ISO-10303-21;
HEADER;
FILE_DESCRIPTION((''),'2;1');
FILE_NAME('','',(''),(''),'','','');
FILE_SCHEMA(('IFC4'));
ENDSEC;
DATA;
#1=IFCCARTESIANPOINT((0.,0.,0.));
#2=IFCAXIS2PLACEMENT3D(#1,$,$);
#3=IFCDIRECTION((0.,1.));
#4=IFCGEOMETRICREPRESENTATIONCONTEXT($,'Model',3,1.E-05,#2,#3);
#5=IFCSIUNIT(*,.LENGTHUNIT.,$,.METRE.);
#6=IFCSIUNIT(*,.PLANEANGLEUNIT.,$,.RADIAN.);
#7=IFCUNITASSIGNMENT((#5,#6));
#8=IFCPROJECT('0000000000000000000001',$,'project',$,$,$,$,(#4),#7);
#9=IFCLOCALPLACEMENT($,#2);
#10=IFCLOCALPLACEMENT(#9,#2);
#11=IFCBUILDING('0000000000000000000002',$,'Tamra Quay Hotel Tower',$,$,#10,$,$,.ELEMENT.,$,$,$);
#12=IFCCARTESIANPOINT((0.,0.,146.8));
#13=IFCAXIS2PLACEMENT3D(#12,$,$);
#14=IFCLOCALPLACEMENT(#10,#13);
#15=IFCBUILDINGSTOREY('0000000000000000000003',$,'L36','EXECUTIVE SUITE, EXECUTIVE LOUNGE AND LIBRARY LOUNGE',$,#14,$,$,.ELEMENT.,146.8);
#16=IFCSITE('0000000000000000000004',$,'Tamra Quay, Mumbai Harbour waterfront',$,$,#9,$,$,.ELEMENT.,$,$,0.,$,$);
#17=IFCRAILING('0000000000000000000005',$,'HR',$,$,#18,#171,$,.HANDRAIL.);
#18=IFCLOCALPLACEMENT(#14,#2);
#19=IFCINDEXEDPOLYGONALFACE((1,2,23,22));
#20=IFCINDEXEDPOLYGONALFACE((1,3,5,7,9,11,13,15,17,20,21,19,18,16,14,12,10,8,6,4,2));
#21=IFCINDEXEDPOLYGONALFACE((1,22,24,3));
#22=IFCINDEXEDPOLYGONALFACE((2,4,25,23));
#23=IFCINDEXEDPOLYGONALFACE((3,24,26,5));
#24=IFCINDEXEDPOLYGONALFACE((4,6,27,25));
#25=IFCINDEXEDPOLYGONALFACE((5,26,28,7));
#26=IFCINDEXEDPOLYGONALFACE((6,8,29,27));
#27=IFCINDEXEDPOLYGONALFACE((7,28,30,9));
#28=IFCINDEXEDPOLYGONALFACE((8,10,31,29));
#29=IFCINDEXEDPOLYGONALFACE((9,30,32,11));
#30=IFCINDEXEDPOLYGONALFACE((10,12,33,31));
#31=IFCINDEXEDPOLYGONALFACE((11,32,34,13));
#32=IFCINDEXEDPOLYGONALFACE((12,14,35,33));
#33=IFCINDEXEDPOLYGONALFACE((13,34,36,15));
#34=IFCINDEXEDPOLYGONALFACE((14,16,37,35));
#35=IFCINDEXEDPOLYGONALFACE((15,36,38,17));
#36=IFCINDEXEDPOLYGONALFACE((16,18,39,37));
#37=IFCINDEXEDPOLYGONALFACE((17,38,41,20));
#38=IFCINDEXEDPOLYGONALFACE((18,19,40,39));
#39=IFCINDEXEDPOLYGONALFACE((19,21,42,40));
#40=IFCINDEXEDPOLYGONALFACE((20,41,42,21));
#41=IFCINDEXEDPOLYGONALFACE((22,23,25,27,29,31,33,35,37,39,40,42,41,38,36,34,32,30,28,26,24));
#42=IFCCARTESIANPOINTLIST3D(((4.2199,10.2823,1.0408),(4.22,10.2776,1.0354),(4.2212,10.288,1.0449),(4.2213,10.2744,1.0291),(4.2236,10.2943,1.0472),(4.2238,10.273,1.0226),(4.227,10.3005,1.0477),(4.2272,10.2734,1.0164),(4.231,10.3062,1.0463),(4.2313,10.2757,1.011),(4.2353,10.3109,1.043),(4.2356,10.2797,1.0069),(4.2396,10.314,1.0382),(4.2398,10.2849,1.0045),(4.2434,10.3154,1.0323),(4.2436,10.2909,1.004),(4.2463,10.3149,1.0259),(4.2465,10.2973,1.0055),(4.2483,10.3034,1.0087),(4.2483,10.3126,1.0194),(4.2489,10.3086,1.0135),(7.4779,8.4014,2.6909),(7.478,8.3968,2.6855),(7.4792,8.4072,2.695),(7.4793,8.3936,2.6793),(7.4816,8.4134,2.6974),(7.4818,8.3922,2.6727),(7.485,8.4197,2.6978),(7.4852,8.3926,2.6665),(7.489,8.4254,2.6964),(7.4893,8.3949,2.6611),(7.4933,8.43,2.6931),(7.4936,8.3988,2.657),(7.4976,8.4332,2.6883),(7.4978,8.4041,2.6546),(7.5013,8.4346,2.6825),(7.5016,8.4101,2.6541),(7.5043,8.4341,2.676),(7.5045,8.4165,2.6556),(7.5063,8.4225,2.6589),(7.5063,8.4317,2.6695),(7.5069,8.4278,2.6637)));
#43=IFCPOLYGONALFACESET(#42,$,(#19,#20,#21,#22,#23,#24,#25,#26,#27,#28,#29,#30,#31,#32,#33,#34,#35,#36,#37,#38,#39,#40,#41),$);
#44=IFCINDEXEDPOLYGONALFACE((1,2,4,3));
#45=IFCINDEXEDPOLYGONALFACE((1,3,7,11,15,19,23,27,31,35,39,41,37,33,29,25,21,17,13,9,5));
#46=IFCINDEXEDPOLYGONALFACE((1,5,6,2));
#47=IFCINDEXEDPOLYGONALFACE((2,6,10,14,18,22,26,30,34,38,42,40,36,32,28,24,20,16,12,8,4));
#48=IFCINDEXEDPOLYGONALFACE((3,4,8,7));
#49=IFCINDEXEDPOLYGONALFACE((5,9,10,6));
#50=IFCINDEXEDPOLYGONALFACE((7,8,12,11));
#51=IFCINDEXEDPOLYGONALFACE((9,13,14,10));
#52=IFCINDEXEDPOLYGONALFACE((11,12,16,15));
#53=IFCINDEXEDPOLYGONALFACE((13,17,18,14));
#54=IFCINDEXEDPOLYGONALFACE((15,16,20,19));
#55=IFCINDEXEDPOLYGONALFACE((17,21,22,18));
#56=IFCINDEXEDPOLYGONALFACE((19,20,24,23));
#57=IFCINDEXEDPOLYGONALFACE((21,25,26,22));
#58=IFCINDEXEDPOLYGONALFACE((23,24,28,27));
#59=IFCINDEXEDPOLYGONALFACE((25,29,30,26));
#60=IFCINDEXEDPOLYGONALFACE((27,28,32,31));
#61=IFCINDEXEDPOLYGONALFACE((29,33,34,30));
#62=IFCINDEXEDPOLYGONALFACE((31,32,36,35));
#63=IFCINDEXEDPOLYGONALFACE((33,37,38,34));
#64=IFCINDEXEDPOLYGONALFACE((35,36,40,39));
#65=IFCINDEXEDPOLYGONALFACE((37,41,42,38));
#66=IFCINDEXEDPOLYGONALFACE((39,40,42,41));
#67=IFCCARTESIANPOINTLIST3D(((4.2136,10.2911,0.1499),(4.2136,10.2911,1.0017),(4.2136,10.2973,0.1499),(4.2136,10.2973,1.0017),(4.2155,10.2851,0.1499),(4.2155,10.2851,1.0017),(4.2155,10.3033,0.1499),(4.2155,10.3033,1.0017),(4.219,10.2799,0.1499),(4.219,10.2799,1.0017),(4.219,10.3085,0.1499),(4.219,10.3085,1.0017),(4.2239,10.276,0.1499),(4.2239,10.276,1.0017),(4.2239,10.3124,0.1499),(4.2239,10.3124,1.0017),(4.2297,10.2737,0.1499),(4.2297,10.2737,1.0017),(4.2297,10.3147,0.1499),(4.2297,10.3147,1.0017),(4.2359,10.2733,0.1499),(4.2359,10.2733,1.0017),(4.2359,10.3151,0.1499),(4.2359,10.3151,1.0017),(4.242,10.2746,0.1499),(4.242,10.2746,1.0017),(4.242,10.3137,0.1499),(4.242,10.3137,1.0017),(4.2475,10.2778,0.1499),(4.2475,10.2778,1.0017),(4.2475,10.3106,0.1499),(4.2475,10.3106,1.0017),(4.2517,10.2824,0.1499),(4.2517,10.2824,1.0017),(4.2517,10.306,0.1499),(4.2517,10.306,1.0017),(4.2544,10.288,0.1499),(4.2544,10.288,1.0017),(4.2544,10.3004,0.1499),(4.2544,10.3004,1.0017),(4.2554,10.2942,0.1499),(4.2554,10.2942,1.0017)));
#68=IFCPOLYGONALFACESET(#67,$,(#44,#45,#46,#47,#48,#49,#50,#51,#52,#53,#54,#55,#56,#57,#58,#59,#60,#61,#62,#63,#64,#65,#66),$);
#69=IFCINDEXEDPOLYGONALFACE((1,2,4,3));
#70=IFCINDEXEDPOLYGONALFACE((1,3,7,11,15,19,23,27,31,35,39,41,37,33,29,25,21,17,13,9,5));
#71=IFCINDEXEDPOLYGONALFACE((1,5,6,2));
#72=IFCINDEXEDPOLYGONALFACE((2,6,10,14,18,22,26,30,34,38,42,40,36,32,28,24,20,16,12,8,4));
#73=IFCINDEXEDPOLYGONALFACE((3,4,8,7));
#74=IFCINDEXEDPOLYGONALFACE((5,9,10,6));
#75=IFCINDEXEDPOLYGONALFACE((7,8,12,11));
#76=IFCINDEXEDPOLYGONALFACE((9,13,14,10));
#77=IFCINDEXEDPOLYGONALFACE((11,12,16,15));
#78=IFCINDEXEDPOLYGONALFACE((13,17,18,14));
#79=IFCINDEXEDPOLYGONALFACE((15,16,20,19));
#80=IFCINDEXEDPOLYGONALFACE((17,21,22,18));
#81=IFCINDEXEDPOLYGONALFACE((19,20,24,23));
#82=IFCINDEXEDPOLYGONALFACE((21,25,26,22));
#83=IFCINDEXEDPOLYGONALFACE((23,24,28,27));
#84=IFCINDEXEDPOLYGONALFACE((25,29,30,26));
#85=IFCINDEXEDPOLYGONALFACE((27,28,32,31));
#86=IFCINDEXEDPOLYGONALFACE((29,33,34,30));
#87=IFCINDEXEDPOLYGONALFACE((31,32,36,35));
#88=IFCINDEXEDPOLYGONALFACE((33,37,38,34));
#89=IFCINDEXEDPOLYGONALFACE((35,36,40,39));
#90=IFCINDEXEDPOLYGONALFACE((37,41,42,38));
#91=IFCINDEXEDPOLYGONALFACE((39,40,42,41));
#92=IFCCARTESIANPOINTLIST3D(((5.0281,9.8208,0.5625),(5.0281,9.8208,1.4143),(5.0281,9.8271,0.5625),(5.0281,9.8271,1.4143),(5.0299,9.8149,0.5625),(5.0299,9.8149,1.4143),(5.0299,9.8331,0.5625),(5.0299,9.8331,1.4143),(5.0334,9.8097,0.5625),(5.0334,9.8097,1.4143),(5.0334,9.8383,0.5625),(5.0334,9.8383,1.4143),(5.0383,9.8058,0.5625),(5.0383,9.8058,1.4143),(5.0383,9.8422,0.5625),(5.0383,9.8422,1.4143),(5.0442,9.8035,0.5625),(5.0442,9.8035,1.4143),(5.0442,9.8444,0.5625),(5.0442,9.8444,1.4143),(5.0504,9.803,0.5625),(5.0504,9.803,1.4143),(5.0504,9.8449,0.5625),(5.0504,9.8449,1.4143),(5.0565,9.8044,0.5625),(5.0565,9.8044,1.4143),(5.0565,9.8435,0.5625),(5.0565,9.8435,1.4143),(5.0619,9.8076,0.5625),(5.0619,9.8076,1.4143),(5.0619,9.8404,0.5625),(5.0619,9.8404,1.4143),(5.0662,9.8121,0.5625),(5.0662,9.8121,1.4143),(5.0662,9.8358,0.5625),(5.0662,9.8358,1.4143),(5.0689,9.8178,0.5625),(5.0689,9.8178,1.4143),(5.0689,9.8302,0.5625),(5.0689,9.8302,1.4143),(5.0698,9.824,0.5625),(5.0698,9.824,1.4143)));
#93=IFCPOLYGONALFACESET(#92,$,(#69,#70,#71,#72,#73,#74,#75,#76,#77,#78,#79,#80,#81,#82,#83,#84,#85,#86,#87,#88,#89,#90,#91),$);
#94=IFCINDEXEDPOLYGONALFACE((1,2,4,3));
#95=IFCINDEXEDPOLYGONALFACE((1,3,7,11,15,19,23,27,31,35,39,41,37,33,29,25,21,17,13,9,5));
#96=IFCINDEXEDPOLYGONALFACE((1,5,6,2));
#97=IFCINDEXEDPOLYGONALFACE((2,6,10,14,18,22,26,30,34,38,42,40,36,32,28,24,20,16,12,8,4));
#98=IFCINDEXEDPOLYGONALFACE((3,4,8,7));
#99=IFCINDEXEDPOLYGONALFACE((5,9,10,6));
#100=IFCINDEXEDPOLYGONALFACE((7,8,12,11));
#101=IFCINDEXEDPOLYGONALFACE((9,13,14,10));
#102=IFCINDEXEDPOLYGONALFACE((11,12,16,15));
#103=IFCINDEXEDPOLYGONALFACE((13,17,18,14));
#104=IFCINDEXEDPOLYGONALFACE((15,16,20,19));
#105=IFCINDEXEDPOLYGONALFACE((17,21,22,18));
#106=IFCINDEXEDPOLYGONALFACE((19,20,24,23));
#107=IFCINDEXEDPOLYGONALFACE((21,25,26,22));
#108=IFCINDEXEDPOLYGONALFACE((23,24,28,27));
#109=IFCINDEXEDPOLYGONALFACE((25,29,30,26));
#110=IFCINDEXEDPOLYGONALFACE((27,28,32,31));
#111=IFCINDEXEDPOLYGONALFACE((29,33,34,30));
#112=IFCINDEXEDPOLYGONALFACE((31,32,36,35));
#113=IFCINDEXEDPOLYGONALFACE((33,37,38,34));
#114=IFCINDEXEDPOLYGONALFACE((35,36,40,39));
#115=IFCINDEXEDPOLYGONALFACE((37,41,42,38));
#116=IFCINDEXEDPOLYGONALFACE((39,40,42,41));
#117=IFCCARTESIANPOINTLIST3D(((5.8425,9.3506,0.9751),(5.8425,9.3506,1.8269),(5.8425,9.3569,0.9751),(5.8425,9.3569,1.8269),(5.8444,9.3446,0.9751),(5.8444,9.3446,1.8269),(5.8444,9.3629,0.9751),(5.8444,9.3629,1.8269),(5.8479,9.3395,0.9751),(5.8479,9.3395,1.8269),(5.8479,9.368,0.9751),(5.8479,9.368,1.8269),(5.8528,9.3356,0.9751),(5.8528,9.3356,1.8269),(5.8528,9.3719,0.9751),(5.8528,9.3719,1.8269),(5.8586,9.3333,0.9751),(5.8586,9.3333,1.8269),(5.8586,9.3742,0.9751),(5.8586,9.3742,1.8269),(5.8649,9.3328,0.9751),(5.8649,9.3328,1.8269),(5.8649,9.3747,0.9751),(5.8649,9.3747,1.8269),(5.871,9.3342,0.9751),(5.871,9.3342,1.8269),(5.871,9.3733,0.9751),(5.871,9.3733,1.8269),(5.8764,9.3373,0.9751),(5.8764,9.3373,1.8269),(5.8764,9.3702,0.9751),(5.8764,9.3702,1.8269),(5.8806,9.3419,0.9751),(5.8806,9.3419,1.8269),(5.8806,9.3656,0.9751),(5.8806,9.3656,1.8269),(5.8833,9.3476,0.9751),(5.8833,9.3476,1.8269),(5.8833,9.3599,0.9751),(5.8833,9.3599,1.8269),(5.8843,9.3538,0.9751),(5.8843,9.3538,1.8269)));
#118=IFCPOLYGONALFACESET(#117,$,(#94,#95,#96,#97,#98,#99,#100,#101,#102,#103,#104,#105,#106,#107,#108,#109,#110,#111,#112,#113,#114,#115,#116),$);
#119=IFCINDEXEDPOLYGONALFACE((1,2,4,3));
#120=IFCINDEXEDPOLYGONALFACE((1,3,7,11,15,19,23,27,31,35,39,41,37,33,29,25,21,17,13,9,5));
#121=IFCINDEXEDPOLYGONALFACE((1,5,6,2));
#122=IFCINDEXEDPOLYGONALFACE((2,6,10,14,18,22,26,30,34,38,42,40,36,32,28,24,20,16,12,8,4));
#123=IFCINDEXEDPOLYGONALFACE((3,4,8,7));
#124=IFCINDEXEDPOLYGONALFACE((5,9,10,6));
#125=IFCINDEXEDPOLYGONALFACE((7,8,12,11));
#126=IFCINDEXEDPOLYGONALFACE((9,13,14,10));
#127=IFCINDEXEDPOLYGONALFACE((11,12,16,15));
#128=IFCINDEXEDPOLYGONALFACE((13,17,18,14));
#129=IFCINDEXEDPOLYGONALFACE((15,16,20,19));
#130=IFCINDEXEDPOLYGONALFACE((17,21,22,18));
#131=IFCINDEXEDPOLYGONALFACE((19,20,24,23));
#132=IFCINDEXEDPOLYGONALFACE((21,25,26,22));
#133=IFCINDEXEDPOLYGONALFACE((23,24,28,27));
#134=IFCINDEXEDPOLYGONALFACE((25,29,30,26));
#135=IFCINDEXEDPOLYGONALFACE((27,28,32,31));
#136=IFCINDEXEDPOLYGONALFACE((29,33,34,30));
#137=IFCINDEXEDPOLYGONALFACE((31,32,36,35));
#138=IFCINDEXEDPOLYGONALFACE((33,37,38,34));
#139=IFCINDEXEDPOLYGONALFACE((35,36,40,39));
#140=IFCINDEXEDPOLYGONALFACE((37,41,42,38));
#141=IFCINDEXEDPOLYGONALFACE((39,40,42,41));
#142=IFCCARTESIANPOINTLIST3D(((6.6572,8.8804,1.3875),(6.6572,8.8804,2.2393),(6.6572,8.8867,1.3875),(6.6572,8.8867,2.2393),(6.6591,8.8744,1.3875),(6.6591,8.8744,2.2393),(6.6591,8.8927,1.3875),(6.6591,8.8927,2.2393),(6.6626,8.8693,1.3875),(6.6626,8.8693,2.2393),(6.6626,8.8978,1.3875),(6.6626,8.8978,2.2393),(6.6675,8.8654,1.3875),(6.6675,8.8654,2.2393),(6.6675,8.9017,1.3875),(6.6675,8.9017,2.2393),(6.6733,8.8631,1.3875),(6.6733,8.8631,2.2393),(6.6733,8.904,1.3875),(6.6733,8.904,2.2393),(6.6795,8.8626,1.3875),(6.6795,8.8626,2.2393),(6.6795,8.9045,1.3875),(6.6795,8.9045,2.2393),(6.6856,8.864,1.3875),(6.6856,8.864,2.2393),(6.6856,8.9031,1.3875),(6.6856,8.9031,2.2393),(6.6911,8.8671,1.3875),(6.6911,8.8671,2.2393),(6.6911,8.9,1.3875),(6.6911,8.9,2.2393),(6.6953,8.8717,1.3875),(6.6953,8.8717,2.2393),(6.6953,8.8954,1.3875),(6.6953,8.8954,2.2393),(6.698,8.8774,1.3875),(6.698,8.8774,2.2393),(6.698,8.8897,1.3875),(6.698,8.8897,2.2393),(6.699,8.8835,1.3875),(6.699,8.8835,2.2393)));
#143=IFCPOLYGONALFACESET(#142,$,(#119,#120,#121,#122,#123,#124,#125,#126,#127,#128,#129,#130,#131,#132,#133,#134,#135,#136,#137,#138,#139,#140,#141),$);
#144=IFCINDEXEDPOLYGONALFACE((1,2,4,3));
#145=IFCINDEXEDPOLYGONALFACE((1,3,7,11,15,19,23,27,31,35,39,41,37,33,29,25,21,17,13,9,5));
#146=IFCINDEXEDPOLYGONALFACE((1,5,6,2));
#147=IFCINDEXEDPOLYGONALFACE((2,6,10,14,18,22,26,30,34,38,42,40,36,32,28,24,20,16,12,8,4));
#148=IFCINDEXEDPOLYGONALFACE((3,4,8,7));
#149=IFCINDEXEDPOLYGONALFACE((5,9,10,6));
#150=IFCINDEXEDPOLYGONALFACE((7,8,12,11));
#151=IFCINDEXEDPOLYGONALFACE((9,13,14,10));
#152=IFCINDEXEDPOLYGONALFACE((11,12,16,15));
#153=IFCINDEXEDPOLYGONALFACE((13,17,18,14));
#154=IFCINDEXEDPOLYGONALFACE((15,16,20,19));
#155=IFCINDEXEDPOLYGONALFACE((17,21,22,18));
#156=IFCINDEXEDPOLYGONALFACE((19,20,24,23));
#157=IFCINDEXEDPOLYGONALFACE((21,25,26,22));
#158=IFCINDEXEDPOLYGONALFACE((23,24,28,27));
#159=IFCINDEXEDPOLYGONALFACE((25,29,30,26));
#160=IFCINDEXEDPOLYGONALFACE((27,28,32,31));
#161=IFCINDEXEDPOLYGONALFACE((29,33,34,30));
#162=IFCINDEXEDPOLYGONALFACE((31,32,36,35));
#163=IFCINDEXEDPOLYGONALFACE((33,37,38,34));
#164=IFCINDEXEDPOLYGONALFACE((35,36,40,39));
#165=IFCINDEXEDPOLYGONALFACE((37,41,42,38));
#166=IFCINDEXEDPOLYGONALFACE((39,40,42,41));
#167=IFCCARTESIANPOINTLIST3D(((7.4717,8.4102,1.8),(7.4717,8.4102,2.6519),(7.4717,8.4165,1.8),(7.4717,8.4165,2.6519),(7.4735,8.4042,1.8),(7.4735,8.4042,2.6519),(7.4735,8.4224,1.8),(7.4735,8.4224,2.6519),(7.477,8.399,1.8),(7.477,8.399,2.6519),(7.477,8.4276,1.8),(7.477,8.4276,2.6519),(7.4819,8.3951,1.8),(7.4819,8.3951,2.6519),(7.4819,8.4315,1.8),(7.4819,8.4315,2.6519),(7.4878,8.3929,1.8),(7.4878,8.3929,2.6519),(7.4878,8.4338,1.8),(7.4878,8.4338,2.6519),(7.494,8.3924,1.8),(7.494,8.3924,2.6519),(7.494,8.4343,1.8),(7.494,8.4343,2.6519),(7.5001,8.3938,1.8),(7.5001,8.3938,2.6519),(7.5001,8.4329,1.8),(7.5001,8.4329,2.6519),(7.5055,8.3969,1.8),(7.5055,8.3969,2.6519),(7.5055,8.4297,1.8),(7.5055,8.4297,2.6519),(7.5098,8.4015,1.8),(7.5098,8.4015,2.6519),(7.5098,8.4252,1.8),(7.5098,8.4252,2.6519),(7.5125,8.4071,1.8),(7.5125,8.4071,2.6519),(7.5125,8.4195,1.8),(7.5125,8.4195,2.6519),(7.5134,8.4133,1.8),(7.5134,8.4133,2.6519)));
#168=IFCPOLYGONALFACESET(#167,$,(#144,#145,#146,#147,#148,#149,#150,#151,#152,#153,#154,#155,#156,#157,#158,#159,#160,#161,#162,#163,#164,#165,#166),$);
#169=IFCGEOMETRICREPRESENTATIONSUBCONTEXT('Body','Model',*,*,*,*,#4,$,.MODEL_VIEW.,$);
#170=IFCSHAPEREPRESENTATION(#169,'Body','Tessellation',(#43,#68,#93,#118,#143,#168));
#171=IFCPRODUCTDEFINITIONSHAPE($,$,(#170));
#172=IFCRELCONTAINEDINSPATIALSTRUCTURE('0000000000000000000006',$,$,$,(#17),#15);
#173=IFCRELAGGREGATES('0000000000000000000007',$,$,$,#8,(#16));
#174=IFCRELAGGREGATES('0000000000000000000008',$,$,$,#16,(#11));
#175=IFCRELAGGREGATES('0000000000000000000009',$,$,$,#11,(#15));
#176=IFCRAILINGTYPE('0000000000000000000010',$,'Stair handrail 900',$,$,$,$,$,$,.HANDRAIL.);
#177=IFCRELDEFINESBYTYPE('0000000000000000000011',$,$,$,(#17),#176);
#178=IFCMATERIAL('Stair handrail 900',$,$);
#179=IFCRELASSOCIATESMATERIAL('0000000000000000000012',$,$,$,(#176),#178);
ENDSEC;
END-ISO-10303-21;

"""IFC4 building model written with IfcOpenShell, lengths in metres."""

from ifc_helpers import new_model, si_unit, direction, frame, origin, origin_2d, place, context, subcontext, project, spatial, circle, extrude, material, type_object, element, save


model = new_model("IFC4")

# Units and contexts
model_context = context("Model", 3, precision=1e-05, world=origin(), true_north=direction((0.0, 1.0)))
body_context = subcontext(model_context, "Body", "Model", "MODEL_VIEW")
ifc_project = project(units=[si_unit("LENGTHUNIT", "METRE"), si_unit("PLANEANGLEUNIT", "RADIAN")], contexts=[model_context])

# Site, building, storey
site_placement = place(None, origin())
site = spatial("IfcSite", under=ifc_project, at=site_placement, Name="Tamra Quay, Mumbai Harbour waterfront", CompositionType="ELEMENT", RefElevation=0.0)
building_placement = place(site_placement, origin())
building = spatial("IfcBuilding", under=site, at=building_placement, Name="Tamra Quay Hotel Tower", CompositionType="ELEMENT")
storey_placement = place(building_placement, frame((0.0, 0.0, 146.8)))
storey = spatial("IfcBuildingStorey", under=building, at=storey_placement, Name="L36", Description="EXECUTIVE SUITE, EXECUTIVE LOUNGE AND LIBRARY LOUNGE", CompositionType="ELEMENT", Elevation=146.8)

# Railing
ifc_material_1 = material(Name="Stair handrail 900")
railing_type = type_object("IfcRailingType", Name="Stair handrail 900", PredefinedType="HANDRAIL", material=ifc_material_1)
railing_placement = place(storey_placement, frame((4.2344, 10.2942, 0.1499)))
element("IfcRailing", 1, at=railing_placement, inside=storey, type_object=railing_type, Name="HR", PredefinedType="HANDRAIL", context=body_context, shape_type="SweptSolid", body=[
    extrude(circle(Radius=0.0239, at=origin_2d()), frame((0.0, 0.0, 0.876), z_axis=(0.793103, -0.457854, 0.401692), x_axis=(0.499964, 0.866046, 0.0)), (0.0, 0.0, 1.0), 4.1079),
    extrude(circle(Radius=0.021, at=origin_2d()), origin(), (0.0, 0.0, 1.0), 0.8518),
    extrude(circle(Radius=0.021, at=origin_2d()), frame((0.8145, -0.4702, 0.4126)), (0.0, 0.0, 1.0), 0.8518),
    extrude(circle(Radius=0.021, at=origin_2d()), frame((1.6289, -0.9404, 0.8252)), (0.0, 0.0, 1.0), 0.8518),
    extrude(circle(Radius=0.021, at=origin_2d()), frame((2.4436, -1.4106, 1.2375)), (0.0, 0.0, 1.0), 0.8518),
    extrude(circle(Radius=0.021, at=origin_2d()), frame((3.2581, -1.8809, 1.6501)), (0.0, 0.0, 1.0), 0.8518),
])

save(model, "model.ifc")
